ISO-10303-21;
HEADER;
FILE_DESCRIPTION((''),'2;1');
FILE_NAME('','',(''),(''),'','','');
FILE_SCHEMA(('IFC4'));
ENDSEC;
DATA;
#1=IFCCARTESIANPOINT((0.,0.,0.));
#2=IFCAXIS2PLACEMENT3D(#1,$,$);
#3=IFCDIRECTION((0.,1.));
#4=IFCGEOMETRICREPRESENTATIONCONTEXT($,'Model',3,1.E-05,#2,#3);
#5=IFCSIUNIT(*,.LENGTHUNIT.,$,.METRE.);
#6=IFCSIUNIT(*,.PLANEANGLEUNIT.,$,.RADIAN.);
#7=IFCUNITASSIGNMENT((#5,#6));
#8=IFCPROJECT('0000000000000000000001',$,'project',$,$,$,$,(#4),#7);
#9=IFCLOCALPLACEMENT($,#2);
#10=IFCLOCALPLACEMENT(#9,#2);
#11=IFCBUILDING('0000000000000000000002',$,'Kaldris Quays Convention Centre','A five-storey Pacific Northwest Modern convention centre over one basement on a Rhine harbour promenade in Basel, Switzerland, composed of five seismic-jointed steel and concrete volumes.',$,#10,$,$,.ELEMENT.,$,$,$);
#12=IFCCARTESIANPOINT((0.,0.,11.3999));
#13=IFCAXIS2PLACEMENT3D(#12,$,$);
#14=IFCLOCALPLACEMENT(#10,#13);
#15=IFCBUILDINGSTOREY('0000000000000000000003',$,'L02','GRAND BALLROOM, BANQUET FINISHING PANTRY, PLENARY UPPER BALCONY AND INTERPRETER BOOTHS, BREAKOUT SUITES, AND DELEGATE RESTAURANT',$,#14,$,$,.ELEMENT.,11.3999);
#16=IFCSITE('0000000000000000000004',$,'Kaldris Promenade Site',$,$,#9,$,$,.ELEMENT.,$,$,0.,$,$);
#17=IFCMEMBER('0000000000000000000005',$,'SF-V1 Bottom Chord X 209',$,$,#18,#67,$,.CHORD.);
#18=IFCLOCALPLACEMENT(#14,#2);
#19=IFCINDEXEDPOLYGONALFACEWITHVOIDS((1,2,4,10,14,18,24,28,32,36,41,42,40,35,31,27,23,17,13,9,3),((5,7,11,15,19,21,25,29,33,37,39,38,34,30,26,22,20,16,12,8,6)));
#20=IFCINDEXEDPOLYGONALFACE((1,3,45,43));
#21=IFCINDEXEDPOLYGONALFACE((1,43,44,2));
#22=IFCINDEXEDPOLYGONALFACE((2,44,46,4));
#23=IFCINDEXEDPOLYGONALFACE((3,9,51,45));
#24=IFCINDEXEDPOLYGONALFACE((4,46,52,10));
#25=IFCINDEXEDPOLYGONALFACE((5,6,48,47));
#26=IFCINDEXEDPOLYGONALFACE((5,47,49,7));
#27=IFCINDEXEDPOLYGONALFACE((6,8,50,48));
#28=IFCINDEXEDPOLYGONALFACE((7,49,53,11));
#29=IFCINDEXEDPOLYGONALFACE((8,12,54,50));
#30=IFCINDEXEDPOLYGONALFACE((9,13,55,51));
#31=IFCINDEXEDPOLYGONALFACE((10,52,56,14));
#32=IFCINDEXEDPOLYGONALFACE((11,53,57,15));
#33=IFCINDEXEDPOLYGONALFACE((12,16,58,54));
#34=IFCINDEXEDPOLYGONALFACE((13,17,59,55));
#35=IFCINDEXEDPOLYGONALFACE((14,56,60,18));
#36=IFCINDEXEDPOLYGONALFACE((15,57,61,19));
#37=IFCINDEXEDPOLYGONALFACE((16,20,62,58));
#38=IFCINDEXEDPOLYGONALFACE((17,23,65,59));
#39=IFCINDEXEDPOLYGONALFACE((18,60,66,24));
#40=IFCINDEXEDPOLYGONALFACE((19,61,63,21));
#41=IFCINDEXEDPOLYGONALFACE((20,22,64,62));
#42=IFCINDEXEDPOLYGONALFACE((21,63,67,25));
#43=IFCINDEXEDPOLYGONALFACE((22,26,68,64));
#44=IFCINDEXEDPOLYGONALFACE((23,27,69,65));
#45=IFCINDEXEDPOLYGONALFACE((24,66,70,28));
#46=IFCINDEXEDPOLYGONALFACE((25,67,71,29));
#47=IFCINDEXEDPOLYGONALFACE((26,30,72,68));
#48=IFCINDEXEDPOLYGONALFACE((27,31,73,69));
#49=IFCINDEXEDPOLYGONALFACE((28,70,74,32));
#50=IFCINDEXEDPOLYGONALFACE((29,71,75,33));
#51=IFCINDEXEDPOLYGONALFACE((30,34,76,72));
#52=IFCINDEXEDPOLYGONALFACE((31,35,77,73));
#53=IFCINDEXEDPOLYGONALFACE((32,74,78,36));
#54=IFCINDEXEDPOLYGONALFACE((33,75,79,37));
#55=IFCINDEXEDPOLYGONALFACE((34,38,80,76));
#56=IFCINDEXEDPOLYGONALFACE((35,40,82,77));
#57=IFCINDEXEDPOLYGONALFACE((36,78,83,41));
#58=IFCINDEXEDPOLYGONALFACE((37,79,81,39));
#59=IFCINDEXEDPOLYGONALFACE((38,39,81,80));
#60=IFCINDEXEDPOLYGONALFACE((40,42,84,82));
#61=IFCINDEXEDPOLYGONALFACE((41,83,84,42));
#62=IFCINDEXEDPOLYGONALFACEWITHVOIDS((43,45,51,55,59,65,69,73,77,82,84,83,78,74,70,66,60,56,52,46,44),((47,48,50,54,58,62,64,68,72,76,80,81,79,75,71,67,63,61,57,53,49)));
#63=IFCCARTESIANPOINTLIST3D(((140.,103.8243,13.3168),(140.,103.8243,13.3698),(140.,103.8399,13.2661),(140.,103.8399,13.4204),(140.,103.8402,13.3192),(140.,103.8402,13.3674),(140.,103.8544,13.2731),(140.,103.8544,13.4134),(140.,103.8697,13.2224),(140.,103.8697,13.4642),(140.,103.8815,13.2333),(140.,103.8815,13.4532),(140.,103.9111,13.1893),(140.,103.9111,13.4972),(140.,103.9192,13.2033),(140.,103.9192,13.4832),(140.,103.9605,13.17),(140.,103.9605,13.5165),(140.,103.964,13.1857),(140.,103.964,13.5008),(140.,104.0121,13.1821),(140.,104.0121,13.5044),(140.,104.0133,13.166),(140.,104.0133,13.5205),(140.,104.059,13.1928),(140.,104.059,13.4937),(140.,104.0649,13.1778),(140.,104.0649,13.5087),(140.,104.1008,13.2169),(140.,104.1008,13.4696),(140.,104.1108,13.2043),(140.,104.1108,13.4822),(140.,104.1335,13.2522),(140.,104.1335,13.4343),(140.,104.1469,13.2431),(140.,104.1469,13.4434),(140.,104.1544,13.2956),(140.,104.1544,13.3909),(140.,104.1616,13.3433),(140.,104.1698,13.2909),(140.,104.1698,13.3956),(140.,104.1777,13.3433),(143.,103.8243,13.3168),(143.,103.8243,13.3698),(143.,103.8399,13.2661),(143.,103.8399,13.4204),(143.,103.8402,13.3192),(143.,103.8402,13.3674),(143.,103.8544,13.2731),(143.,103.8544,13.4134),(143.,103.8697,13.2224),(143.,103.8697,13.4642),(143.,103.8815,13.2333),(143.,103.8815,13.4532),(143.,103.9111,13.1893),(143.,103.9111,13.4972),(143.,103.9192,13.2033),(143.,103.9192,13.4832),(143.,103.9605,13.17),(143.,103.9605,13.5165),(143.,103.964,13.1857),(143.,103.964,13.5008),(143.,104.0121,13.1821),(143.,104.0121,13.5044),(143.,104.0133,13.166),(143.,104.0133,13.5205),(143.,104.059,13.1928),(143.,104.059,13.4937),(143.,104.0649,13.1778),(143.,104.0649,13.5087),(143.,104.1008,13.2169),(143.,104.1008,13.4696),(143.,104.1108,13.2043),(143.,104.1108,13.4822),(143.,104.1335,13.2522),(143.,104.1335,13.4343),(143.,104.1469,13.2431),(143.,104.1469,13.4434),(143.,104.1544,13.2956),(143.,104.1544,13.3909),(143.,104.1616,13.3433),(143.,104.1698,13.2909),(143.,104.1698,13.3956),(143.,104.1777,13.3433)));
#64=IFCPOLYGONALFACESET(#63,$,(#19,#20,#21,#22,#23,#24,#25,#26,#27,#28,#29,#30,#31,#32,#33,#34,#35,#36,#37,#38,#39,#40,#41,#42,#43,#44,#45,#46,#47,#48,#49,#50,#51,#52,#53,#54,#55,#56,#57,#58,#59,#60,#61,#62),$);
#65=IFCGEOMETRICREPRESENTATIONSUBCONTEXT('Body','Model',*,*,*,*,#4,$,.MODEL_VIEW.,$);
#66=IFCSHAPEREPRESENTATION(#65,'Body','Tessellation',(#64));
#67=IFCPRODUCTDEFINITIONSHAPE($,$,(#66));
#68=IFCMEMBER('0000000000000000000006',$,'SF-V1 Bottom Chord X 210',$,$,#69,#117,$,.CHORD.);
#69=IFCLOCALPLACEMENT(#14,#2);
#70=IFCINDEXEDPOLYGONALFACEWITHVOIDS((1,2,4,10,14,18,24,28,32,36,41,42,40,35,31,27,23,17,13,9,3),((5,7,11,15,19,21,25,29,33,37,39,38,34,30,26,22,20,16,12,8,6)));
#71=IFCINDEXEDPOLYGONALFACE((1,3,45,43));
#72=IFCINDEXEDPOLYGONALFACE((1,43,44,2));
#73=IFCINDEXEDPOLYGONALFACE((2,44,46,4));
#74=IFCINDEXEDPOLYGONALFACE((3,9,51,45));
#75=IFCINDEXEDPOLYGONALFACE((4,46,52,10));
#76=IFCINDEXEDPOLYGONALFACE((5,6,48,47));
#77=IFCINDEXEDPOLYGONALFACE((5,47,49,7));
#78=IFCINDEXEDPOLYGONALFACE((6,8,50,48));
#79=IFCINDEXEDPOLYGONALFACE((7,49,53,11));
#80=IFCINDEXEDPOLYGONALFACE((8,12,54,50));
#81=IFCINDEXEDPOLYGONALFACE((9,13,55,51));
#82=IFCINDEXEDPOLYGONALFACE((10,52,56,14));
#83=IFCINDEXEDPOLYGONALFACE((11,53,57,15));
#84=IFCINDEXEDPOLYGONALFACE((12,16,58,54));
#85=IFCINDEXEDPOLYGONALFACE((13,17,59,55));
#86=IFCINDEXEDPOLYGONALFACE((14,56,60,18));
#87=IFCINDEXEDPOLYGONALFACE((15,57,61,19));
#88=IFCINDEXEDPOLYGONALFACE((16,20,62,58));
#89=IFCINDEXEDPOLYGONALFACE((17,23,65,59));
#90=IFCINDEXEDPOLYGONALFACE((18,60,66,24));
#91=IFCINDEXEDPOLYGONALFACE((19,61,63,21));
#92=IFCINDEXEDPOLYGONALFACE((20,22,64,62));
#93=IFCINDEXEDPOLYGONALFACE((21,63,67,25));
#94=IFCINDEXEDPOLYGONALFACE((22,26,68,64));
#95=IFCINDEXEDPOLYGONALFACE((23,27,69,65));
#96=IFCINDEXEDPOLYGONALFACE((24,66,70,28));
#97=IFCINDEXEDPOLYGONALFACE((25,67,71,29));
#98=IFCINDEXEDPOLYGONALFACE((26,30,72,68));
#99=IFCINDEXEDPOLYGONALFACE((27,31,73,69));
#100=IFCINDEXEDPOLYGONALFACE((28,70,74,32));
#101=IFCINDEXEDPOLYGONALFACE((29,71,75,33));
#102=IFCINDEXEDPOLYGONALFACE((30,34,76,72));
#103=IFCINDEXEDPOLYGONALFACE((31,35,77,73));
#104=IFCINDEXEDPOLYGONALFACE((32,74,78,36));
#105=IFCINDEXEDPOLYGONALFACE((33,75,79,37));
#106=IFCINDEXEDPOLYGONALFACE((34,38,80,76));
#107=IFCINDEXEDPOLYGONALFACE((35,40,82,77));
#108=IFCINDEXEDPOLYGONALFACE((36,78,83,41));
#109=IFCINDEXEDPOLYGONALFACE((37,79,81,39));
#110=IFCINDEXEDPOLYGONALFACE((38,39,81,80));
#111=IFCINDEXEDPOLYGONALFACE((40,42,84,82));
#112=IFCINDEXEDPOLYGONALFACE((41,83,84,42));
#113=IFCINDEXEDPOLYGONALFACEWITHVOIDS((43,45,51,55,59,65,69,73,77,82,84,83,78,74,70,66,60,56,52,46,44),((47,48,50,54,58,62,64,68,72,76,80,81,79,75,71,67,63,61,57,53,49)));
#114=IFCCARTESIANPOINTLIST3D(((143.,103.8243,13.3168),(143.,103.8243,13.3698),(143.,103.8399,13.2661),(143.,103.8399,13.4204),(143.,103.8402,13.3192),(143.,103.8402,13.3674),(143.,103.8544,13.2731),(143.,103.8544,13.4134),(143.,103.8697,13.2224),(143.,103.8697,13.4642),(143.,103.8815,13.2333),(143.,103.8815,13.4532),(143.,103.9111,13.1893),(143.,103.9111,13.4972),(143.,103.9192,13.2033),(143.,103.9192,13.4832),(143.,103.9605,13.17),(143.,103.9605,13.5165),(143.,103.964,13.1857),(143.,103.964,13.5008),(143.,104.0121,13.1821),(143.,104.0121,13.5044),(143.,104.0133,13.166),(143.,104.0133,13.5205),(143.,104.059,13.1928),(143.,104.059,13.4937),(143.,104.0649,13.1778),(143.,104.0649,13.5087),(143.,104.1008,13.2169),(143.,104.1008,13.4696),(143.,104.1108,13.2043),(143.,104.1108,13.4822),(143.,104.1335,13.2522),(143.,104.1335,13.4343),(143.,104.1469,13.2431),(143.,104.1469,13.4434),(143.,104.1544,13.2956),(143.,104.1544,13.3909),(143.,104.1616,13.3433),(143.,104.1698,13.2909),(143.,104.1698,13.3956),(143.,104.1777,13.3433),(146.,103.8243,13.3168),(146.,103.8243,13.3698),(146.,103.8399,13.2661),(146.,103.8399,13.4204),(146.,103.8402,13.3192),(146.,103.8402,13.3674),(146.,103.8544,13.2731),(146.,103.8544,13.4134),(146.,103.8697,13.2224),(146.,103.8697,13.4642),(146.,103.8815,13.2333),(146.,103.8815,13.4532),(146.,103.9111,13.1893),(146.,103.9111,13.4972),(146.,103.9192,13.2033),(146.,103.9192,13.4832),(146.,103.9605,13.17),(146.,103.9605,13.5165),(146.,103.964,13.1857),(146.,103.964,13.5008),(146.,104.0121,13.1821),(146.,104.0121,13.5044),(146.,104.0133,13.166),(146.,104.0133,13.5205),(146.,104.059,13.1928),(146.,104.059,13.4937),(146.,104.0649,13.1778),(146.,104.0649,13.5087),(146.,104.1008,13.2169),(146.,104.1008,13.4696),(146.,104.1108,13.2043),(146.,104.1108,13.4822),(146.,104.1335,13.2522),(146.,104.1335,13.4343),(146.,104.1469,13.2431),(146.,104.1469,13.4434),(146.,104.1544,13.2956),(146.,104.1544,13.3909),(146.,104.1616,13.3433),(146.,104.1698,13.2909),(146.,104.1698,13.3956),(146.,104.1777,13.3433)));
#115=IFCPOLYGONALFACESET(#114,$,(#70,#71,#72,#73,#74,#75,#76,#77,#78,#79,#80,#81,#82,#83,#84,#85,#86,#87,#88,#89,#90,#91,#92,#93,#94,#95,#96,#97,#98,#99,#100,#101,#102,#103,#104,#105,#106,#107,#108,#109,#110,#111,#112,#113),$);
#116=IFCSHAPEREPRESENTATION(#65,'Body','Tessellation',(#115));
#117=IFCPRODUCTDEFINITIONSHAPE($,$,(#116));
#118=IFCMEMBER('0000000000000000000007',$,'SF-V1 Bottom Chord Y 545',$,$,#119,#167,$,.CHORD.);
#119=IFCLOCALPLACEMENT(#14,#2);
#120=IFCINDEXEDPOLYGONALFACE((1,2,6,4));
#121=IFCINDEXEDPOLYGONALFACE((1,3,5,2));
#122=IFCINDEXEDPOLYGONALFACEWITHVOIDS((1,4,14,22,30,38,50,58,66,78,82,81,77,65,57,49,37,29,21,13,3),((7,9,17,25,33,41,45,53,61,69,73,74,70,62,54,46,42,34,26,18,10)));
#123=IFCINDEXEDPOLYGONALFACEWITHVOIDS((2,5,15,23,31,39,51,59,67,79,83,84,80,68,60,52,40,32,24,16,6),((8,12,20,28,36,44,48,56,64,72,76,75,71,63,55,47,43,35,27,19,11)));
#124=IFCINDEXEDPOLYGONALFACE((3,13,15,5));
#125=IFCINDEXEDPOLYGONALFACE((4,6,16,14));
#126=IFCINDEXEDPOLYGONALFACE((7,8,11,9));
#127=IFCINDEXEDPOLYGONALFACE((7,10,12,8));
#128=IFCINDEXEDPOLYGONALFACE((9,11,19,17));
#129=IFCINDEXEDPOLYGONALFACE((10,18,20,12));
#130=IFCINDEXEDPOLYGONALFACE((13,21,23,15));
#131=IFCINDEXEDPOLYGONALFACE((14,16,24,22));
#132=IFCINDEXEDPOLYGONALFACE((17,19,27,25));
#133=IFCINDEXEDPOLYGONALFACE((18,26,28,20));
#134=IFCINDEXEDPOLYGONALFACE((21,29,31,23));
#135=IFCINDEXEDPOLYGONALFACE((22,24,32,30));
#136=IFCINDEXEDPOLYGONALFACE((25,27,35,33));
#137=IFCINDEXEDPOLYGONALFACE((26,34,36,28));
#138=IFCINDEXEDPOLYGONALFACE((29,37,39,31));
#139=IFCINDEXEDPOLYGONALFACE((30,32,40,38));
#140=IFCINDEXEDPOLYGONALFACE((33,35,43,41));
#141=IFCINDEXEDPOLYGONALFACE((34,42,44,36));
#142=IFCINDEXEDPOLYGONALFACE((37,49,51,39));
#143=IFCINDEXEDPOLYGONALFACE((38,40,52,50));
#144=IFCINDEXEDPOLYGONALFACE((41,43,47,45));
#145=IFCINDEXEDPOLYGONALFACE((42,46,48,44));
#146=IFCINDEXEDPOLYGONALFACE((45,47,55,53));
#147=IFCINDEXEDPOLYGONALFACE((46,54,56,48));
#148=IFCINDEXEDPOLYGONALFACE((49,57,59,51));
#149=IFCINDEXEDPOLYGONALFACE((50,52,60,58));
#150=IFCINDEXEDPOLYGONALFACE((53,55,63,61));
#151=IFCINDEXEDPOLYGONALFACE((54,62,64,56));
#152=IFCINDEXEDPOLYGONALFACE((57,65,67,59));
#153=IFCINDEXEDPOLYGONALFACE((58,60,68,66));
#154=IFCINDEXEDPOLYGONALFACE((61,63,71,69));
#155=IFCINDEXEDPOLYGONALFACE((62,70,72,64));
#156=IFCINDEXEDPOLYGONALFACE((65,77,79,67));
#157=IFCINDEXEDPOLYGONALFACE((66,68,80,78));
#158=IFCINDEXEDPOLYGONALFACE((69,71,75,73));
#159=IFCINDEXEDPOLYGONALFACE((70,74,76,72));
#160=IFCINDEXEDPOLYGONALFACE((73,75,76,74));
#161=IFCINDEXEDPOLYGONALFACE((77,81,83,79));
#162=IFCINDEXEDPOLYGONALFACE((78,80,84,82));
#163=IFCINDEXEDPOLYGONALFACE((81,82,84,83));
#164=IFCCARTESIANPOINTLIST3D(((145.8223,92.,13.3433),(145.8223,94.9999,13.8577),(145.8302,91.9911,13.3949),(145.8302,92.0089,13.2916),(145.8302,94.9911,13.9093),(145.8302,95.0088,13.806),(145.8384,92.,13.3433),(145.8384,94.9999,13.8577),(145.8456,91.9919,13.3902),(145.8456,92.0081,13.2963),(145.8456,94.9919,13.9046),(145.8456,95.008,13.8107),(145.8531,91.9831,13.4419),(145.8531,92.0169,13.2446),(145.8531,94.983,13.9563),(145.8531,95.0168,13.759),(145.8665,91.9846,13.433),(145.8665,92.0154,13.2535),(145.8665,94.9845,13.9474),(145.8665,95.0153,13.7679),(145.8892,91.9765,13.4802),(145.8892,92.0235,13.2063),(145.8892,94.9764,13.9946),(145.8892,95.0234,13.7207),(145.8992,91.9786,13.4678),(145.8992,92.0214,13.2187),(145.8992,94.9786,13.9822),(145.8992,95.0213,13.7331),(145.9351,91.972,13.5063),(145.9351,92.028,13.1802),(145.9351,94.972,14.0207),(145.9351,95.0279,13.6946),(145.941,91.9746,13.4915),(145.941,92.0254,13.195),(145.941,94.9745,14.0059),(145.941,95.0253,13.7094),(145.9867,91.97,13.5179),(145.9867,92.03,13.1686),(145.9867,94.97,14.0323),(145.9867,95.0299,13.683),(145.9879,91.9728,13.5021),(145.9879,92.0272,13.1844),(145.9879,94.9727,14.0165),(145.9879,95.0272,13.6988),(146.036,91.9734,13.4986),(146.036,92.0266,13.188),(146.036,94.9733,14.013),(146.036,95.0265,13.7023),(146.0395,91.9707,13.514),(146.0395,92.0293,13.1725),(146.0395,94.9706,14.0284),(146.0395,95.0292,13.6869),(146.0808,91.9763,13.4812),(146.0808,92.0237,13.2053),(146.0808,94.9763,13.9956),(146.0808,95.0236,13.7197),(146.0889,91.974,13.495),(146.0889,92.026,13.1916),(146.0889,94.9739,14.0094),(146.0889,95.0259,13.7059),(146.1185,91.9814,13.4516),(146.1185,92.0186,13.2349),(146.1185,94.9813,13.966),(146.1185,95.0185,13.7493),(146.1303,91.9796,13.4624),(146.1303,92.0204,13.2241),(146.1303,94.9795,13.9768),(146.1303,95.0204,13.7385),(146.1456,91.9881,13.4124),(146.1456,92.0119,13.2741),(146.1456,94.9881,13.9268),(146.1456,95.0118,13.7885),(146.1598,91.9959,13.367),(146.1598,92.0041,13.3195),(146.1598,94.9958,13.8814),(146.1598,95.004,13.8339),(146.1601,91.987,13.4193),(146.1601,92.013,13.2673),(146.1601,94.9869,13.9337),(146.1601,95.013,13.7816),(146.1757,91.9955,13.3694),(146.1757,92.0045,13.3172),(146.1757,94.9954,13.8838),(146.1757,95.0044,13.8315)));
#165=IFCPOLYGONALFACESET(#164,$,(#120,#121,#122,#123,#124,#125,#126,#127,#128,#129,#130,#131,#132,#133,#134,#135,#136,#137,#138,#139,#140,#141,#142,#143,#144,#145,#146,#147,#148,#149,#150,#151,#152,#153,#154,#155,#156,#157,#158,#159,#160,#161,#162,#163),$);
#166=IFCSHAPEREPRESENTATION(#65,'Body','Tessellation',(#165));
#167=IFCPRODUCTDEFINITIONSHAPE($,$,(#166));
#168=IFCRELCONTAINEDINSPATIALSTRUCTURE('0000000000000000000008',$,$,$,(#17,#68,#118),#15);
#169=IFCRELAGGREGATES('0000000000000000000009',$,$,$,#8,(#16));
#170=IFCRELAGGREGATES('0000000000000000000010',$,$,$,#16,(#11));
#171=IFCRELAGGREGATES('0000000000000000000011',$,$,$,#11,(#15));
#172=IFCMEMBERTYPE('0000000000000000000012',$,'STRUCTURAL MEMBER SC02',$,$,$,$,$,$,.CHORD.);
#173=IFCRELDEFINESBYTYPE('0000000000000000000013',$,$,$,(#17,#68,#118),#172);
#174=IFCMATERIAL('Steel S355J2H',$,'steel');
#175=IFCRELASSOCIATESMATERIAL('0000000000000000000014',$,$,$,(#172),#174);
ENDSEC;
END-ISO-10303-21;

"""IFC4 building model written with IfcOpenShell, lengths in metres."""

from ifc_helpers import new_model, si_unit, direction, frame, origin, origin_2d, place, context, subcontext, project, spatial, hollow_circle, extrude, material, material_profile, profile_set, type_object, element, save


model = new_model("IFC4")

# Units and contexts
model_context = context("Model", 3, precision=1e-05, world=origin(), true_north=direction((0.0, 1.0)))
body_context = subcontext(model_context, "Body", "Model", "MODEL_VIEW")
ifc_project = project(units=[si_unit("LENGTHUNIT", "METRE"), si_unit("PLANEANGLEUNIT", "RADIAN")], contexts=[model_context])

# Site, building, storey
site_placement = place(None, origin())
site = spatial("IfcSite", under=ifc_project, at=site_placement, Name="Kaldris Promenade Site", CompositionType="ELEMENT", RefElevation=0.0)
building_placement = place(site_placement, origin())
building = spatial("IfcBuilding", under=site, at=building_placement, Name="Kaldris Quays Convention Centre", Description="A five-storey Pacific Northwest Modern convention centre over one basement on a Rhine harbour promenade in Basel, Switzerland, composed of five seismic-jointed steel and concrete volumes.", CompositionType="ELEMENT")
storey_placement = place(building_placement, frame((0.0, 0.0, 11.3999)))
storey = spatial("IfcBuildingStorey", under=building, at=storey_placement, Name="L02", Description="GRAND BALLROOM, BANQUET FINISHING PANTRY, PLENARY UPPER BALCONY AND INTERPRETER BOOTHS, BREAKOUT SUITES, AND DELEGATE RESTAURANT", CompositionType="ELEMENT", Elevation=11.3999)

# Members
ifc_material_1 = material(Name="Steel S355J2H", Category="steel")
ifc_material_profile_1 = material_profile(ifc_material_1, hollow_circle(Radius=0.1777, WallThickness=0.0161, at=origin_2d()), Name="CHS 355.6x16")
ifc_profile_set_1 = profile_set([ifc_material_profile_1], Name="Steel S355J2H")
member_type_1 = type_object("IfcMemberType", Name="STRUCTURAL MEMBER SC02", PredefinedType="CHORD", material=ifc_profile_set_1)
for number, where, z_axis, x_axis, name in (
    (1, (140.0, 104.0, 13.3433), (1.0, 0.0, 0.0), (0.0, 1.0, 0.0), "SF-V1 Bottom Chord X 209"),
    (2, (143.0, 104.0, 13.3433), (1.0, 0.0, 0.0), (0.0, 1.0, 0.0), "SF-V1 Bottom Chord X 210"),
):
    element("IfcMember", number, at=place(storey_placement, frame(where, z_axis=z_axis, x_axis=x_axis)), inside=storey, type_object=member_type_1, Name=name, PredefinedType="CHORD", context=body_context, shape_type="SweptSolid", body=[
        extrude(hollow_circle(Radius=0.1777, WallThickness=0.0161, at=origin_2d()), origin(), (0.0, 0.0, 1.0), 3.0),
    ])
for number, where, z_axis, x_axis, name in (
    (3, (146.0, 92.0, 13.3433), (0.0, 0.985616, 0.169002), (-1.0, 0.0, 0.0), "SF-V1 Bottom Chord Y 545"),
):
    element("IfcMember", number, at=place(storey_placement, frame(where, z_axis=z_axis, x_axis=x_axis)), inside=storey, type_object=member_type_1, Name=name, PredefinedType="CHORD", context=body_context, shape_type="SweptSolid", body=[
        extrude(hollow_circle(Radius=0.1777, WallThickness=0.0161, at=origin_2d()), origin(), (0.0, 0.0, 1.0), 3.0437),
    ])

save(model, "model.ifc")
